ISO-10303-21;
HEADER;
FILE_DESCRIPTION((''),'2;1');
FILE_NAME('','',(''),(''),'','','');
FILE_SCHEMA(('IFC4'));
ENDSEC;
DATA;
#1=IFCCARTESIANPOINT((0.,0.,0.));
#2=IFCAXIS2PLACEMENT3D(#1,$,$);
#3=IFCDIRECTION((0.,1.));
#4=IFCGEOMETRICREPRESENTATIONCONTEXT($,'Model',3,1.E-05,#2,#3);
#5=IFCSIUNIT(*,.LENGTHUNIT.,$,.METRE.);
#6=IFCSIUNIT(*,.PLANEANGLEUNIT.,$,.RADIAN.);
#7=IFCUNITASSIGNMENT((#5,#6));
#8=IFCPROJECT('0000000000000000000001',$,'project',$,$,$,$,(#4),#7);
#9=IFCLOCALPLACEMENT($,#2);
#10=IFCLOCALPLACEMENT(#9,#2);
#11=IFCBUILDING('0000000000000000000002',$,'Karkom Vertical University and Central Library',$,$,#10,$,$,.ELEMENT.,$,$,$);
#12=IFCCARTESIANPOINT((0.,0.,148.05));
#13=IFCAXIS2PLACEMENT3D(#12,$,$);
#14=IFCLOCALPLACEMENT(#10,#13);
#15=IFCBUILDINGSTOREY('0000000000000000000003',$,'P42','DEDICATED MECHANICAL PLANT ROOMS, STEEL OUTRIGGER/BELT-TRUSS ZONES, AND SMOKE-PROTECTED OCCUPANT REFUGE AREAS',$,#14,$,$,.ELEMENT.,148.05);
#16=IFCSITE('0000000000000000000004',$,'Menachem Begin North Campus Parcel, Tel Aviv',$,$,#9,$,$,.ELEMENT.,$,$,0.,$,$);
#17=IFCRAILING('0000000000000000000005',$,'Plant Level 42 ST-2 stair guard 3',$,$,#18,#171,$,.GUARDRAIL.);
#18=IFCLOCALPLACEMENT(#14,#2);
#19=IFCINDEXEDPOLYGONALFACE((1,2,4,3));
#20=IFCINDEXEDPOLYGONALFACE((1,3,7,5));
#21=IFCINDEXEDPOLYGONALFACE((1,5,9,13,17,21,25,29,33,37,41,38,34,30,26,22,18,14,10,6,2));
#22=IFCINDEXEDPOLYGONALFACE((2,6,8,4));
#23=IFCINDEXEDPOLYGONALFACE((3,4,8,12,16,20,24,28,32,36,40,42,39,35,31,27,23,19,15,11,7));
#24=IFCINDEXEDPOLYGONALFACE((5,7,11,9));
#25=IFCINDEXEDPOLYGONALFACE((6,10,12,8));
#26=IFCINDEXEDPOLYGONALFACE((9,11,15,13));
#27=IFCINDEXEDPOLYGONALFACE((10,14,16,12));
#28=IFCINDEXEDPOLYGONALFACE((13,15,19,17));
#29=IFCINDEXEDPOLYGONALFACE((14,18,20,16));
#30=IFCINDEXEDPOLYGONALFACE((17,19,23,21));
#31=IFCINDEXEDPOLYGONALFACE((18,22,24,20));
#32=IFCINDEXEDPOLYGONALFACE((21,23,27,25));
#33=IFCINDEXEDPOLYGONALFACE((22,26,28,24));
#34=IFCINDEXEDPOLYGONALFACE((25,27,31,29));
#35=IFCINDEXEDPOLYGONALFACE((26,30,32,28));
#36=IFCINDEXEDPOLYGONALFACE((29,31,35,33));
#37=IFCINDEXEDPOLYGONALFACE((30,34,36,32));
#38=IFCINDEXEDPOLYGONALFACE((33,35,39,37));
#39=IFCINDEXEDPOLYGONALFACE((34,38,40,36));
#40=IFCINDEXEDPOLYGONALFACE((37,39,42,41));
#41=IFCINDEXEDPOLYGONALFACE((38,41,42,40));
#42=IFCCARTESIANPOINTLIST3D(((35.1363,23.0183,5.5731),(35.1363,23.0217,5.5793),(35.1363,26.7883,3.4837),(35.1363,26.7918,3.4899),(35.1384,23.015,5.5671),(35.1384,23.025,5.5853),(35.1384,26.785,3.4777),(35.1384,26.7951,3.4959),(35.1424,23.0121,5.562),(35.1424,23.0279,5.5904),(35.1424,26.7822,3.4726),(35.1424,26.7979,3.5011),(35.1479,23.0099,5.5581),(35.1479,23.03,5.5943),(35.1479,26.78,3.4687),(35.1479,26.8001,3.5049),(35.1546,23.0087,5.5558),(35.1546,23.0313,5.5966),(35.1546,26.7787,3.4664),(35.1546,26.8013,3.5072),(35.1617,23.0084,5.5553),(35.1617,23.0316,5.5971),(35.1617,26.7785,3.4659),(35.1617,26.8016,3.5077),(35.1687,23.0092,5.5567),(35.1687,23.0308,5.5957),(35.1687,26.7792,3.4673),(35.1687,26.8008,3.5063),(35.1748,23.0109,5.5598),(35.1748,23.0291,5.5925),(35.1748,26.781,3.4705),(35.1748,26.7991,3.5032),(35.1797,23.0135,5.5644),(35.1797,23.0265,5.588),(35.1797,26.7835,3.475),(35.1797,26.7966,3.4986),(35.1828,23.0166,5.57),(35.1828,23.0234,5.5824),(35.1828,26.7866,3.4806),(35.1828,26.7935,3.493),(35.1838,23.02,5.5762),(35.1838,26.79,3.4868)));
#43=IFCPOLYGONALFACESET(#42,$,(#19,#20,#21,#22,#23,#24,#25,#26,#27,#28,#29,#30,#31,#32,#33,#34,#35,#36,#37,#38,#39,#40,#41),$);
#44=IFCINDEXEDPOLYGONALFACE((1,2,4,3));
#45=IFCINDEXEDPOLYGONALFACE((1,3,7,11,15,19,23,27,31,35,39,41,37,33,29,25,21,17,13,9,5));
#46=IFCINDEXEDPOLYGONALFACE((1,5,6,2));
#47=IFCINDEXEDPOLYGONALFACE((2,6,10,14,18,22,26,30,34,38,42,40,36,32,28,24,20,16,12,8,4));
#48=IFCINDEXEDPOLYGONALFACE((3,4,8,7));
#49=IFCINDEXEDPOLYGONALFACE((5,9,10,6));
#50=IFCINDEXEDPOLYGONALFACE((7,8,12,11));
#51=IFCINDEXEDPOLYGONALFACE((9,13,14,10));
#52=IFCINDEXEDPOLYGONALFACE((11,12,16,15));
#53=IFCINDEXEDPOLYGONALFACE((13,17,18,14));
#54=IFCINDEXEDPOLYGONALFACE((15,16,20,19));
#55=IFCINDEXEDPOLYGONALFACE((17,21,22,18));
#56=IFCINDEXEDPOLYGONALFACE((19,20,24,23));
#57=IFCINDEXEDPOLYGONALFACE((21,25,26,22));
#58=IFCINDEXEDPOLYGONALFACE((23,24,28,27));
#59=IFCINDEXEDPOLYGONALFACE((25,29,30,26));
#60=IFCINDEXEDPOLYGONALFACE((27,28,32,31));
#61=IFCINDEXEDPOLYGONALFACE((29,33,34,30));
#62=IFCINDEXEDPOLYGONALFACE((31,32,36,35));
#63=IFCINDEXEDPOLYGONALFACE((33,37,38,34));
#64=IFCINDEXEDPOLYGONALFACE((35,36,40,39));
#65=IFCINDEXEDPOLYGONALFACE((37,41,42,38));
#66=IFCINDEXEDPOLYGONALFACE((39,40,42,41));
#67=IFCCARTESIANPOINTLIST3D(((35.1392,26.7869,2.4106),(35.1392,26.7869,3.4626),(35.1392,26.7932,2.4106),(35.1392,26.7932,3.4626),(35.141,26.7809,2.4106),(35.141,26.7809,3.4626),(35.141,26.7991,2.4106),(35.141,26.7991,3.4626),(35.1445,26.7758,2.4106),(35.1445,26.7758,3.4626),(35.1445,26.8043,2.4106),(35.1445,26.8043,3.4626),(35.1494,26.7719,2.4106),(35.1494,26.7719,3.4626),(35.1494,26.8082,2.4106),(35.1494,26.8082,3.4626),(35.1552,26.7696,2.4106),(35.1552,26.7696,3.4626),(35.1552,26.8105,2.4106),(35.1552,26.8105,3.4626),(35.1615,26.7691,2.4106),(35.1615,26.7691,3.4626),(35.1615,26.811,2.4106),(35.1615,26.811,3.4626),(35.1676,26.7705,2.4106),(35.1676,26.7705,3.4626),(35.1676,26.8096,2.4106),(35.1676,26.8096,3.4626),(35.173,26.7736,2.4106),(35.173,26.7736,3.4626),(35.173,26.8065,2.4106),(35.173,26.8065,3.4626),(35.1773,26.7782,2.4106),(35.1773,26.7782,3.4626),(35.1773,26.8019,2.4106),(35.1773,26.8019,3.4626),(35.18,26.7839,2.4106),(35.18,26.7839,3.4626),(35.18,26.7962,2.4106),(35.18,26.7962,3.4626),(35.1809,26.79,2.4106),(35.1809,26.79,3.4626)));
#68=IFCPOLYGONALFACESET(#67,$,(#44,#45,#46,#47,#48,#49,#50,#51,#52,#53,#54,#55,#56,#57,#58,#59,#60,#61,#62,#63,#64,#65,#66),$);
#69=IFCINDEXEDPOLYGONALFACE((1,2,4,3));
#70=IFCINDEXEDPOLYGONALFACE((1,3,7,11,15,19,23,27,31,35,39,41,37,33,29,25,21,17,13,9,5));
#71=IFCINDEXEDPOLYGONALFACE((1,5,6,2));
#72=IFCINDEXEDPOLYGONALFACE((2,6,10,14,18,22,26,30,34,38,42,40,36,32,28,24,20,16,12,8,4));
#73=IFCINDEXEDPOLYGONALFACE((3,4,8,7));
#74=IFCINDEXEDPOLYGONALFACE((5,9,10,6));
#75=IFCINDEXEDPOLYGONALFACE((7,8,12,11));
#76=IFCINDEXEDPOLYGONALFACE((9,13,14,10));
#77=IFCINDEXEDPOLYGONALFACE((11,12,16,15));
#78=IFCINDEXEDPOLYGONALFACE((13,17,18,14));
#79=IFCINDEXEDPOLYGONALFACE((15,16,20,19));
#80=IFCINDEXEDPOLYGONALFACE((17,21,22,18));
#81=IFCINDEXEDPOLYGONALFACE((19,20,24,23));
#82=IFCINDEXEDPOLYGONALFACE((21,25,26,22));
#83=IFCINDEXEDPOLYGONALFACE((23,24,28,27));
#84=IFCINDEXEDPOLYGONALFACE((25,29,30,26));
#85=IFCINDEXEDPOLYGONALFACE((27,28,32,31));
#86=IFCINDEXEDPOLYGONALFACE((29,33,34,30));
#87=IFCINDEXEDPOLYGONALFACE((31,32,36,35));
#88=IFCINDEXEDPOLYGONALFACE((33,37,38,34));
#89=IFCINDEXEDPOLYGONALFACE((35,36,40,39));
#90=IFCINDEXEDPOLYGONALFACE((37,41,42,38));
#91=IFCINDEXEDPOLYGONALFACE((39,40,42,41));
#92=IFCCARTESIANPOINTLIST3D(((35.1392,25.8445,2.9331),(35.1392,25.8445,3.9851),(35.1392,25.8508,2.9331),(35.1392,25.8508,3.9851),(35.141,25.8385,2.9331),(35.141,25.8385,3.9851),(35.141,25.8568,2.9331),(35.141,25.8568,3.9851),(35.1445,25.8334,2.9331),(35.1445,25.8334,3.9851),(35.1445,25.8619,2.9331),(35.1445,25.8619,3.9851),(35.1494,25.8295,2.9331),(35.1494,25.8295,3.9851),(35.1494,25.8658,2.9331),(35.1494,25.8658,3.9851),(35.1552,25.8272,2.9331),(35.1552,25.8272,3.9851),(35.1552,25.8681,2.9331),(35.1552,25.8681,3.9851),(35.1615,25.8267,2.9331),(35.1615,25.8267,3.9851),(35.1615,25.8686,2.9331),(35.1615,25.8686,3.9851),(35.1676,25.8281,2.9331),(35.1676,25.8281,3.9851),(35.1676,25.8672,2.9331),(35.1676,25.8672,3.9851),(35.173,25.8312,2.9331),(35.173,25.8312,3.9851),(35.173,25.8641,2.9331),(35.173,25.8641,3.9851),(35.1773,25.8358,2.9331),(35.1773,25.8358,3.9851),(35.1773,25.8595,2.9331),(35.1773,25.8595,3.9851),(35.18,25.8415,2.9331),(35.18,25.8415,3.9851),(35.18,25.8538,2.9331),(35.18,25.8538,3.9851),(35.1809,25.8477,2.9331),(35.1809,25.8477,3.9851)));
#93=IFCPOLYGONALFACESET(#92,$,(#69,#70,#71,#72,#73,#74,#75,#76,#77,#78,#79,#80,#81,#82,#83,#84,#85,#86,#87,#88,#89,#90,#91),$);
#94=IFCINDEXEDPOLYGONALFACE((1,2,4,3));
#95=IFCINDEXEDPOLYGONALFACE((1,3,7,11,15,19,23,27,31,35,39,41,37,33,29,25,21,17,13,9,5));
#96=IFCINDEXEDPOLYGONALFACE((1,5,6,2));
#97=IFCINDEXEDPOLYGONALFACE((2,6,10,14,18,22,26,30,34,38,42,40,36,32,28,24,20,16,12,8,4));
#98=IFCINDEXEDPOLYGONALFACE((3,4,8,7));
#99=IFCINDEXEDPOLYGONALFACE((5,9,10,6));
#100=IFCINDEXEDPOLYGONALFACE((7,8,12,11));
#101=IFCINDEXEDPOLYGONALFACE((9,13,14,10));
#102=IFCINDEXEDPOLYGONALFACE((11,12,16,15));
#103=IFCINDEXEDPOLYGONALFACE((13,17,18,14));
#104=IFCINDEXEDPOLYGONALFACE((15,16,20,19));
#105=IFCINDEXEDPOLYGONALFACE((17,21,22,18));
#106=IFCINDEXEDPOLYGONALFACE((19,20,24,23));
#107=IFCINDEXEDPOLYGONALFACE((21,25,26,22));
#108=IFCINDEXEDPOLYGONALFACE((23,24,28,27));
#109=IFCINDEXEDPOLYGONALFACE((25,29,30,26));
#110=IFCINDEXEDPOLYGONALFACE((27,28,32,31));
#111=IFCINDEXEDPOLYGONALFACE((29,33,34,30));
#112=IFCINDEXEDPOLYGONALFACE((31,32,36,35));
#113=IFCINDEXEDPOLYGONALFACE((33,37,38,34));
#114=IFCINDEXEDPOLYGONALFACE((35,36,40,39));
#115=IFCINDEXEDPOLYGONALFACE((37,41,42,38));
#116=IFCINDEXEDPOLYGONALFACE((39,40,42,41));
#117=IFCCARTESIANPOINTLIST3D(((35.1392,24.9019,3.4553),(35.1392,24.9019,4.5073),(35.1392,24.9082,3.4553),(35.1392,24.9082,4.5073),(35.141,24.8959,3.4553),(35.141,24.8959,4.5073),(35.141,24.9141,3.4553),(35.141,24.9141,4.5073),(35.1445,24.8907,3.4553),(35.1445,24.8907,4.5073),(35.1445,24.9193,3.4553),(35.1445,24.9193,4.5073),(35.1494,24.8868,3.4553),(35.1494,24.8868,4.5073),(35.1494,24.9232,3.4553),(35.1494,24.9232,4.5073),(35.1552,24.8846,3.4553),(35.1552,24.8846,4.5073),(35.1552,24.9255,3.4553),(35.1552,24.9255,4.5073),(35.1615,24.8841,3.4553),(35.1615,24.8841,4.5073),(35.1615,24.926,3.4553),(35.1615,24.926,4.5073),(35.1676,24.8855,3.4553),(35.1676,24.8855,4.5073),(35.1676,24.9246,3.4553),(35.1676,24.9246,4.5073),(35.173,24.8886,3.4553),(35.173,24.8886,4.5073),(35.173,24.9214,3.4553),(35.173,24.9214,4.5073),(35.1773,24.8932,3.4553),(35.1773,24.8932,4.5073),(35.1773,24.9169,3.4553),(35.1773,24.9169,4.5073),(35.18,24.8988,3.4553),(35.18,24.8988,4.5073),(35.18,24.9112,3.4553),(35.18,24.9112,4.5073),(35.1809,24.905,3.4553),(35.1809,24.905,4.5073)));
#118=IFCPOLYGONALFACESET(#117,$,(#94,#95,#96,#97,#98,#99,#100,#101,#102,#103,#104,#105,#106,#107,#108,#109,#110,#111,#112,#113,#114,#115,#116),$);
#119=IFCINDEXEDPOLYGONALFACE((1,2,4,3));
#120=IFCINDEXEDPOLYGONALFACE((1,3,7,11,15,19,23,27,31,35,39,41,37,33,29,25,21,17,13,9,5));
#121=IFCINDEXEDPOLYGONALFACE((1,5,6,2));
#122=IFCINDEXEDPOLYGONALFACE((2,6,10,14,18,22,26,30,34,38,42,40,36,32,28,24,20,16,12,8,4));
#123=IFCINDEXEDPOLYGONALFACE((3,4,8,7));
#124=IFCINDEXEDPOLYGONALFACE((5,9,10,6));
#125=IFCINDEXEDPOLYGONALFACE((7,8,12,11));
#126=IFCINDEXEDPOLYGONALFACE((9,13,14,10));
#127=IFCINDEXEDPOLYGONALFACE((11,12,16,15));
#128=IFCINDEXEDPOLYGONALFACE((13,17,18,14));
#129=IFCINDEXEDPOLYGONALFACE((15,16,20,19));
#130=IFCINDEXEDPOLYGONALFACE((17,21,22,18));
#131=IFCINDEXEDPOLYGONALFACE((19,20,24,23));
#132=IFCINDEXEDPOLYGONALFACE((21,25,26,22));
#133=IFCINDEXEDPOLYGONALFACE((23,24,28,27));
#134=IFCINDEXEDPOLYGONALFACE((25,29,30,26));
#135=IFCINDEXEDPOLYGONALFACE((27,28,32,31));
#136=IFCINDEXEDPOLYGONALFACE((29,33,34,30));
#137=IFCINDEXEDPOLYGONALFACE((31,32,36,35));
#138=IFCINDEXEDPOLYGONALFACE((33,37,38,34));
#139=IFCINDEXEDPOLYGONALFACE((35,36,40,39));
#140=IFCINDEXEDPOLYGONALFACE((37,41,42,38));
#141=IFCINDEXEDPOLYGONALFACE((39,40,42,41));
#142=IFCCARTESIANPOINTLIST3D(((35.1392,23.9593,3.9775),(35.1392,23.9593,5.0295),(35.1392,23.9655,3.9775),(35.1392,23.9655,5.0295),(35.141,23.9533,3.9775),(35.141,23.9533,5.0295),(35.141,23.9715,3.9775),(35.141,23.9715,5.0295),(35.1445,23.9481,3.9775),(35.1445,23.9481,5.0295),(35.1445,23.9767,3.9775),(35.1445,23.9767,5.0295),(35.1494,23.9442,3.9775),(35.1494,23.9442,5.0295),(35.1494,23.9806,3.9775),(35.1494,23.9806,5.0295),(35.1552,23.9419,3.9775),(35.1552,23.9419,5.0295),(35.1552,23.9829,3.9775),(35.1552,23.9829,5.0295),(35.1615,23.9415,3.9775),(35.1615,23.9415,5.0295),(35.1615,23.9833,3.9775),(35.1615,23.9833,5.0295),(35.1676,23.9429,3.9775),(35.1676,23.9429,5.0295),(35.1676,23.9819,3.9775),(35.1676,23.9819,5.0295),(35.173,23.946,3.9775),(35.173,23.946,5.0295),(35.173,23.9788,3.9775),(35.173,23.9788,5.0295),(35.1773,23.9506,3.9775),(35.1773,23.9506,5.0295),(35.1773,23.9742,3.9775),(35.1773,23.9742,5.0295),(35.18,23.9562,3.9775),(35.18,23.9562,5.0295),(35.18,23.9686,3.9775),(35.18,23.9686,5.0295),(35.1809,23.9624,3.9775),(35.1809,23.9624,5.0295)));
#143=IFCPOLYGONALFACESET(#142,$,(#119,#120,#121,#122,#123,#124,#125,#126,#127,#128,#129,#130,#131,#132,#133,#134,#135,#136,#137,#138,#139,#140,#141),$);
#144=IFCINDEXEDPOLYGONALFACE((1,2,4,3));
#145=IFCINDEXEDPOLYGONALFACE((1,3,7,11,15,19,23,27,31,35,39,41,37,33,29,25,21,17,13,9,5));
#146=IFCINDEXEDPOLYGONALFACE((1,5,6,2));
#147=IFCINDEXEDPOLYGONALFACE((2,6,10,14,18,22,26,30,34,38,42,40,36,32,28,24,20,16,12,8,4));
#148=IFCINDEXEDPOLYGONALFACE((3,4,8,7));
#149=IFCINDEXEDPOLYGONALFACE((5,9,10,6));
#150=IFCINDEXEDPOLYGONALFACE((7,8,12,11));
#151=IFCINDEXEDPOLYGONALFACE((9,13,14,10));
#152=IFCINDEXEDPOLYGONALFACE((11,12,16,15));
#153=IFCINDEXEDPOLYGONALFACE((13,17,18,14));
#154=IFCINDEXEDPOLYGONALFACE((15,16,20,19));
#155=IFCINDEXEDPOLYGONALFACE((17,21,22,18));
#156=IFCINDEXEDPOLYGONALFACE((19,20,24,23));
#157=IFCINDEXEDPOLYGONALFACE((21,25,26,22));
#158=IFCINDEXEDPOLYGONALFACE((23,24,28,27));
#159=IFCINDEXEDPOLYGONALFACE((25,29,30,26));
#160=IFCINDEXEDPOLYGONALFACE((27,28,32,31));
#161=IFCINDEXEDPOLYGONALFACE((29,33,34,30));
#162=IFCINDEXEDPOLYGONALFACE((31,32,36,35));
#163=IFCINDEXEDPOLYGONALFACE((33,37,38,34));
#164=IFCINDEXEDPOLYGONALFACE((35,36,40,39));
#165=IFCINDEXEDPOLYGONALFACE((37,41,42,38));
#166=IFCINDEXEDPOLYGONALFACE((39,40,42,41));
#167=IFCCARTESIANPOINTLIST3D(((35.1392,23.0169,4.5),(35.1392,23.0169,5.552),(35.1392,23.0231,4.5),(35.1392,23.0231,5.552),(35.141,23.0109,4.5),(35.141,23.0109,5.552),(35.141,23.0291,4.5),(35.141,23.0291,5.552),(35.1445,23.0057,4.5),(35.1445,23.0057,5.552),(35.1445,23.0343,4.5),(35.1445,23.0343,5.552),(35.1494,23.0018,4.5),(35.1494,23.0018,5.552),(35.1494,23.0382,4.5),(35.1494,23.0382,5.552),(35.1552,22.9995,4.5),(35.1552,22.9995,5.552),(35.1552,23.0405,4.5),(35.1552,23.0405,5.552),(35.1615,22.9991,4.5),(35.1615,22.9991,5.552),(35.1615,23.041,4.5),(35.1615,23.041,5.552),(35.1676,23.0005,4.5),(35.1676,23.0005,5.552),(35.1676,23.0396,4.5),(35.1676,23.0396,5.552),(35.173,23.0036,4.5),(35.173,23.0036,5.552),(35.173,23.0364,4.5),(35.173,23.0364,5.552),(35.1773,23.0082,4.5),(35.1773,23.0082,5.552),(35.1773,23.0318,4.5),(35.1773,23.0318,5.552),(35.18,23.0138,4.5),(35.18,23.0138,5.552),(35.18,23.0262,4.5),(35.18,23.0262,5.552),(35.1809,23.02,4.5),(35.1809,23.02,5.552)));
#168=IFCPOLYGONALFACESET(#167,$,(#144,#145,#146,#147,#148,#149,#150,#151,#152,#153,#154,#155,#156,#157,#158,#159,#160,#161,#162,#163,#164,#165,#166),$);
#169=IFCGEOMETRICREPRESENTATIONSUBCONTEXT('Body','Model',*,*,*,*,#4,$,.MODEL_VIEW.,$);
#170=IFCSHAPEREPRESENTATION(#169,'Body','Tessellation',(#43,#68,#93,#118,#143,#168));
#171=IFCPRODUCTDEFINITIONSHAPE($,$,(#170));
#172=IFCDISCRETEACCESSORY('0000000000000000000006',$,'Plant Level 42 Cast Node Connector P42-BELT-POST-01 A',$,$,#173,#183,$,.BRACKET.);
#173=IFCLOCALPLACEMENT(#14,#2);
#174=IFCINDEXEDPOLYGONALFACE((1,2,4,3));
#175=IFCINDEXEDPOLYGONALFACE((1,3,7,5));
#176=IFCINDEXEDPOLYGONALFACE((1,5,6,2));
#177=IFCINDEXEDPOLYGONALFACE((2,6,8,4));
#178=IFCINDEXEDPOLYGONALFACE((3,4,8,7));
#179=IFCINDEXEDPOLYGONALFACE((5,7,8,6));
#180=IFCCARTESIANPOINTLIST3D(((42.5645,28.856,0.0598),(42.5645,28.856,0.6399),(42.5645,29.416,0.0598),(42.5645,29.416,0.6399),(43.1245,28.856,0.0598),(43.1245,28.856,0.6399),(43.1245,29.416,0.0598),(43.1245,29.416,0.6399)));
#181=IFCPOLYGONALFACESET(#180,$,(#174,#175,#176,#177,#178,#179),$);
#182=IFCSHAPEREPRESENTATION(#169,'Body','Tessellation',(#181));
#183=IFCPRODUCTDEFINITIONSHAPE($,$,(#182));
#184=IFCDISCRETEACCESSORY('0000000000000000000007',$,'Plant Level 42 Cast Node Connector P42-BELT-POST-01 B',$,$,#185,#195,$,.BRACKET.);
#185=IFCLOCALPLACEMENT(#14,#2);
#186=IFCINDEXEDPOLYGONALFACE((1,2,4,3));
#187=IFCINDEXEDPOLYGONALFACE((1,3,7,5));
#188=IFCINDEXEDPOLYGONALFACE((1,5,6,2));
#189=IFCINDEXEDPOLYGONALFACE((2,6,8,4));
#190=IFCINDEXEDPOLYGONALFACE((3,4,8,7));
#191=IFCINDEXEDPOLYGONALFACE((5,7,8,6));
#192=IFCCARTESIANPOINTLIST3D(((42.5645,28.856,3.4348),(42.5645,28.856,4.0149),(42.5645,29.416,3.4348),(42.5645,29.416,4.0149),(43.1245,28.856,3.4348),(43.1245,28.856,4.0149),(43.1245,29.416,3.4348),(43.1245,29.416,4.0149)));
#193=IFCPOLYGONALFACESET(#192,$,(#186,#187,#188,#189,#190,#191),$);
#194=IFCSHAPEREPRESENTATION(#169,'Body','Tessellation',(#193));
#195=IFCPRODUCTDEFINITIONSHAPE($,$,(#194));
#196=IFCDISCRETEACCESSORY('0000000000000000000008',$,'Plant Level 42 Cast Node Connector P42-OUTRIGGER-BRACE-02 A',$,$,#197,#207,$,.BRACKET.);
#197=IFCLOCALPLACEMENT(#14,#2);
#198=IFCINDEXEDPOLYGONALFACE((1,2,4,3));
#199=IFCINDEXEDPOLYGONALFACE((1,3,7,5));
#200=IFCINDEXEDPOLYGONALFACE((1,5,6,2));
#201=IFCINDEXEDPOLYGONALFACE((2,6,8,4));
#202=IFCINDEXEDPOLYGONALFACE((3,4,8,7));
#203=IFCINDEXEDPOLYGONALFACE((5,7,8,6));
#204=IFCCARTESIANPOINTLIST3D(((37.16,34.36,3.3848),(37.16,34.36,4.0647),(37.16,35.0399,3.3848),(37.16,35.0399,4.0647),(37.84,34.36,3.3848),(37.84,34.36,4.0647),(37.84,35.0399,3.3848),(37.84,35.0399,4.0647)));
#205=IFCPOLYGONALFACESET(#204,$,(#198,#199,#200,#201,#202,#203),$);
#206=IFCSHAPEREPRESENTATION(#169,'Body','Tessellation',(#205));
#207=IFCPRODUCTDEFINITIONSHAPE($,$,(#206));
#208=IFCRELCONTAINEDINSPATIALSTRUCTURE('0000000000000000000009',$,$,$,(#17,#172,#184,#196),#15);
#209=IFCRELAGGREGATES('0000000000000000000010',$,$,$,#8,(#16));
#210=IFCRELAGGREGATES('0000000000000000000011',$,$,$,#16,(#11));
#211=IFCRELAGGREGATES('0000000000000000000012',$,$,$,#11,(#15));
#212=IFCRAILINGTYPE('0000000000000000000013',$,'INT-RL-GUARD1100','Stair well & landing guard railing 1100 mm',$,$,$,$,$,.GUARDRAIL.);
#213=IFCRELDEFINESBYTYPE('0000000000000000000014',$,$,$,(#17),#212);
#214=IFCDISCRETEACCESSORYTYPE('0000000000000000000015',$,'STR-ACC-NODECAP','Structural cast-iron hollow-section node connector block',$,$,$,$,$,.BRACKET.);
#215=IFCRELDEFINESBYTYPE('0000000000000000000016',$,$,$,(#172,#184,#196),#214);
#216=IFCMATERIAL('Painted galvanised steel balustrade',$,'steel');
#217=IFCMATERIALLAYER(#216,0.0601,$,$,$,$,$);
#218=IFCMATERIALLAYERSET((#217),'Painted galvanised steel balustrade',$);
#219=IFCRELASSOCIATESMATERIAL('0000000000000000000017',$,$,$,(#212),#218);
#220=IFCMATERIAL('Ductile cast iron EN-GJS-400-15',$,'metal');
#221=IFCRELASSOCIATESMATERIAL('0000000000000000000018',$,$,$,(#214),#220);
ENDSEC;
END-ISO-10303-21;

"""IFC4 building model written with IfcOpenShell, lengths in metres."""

from ifc_helpers import new_model, si_unit, direction, frame, origin, origin_with_axes, origin_2d, place, context, subcontext, project, spatial, rectangle, circle, extrude, source, transform, mapped, material, layer, layer_set, type_object, element, save


model = new_model("IFC4")

# Units and contexts
model_context = context("Model", 3, precision=1e-05, world=origin(), true_north=direction((0.0, 1.0)))
body_context = subcontext(model_context, "Body", "Model", "MODEL_VIEW")
ifc_project = project(units=[si_unit("LENGTHUNIT", "METRE"), si_unit("PLANEANGLEUNIT", "RADIAN")], contexts=[model_context])

# Site, building, storey
site_placement = place(None, origin())
site = spatial("IfcSite", under=ifc_project, at=site_placement, Name="Menachem Begin North Campus Parcel, Tel Aviv", CompositionType="ELEMENT", RefElevation=0.0)
building_placement = place(site_placement, origin())
building = spatial("IfcBuilding", under=site, at=building_placement, Name="Karkom Vertical University and Central Library", CompositionType="ELEMENT")
storey_placement = place(building_placement, frame((0.0, 0.0, 148.05)))
storey = spatial("IfcBuildingStorey", under=building, at=storey_placement, Name="P42", Description="DEDICATED MECHANICAL PLANT ROOMS, STEEL OUTRIGGER/BELT-TRUSS ZONES, AND SMOKE-PROTECTED OCCUPANT REFUGE AREAS", CompositionType="ELEMENT", Elevation=148.05)

# Railing
ifc_material_1 = material(Name="Painted galvanised steel balustrade", Category="steel")
ifc_layer_1 = layer(ifc_material_1, 0.0601)
ifc_layer_set_1 = layer_set([ifc_layer_1], Name="Painted galvanised steel balustrade")
railing_type = type_object("IfcRailingType", Name="INT-RL-GUARD1100", Description="Stair well & landing guard railing 1100 mm", PredefinedType="GUARDRAIL", material=ifc_layer_set_1)
railing_1_placement = place(storey_placement, frame((35.1599, 26.79, 2.4106)))
element("IfcRailing", 1, at=railing_1_placement, inside=storey, type_object=railing_type, Name="Plant Level 42 ST-2 stair guard 3", PredefinedType="GUARDRAIL", context=body_context, shape_type="SweptSolid", body=[
    extrude(circle(Radius=0.0239, at=origin_2d()), frame((0.0, 0.0, 1.0762), z_axis=(0.0, -0.874659, 0.484739), x_axis=(1.0, 0.0, 0.0)), (0.0, 0.0, 1.0), 4.3103),
    extrude(circle(Radius=0.021, at=origin_2d()), origin(), (0.0, 0.0, 1.0), 1.052),
    extrude(circle(Radius=0.021, at=origin_2d()), frame((0.0, -0.9424, 0.5225)), (0.0, 0.0, 1.0), 1.052),
    extrude(circle(Radius=0.021, at=origin_2d()), frame((0.0, -1.885, 1.0447)), (0.0, 0.0, 1.0), 1.052),
    extrude(circle(Radius=0.021, at=origin_2d()), frame((0.0, -2.8276, 1.5669)), (0.0, 0.0, 1.0), 1.052),
    extrude(circle(Radius=0.021, at=origin_2d()), frame((0.0, -3.77, 2.0894)), (0.0, 0.0, 1.0), 1.052),
])

# Discrete accessories
ifc_material_2 = material(Name="Ductile cast iron EN-GJS-400-15", Category="metal")
discrete_accessory_type = type_object("IfcDiscreteAccessoryType", Name="STR-ACC-NODECAP", Description="Structural cast-iron hollow-section node connector block", PredefinedType="BRACKET", material=ifc_material_2)
shared_shape_1 = source(origin_with_axes(), body_context, "Body", "SweptSolid", [
    extrude(rectangle(XDim=0.5601, YDim=0.5601, at=origin_2d()), origin(), (0.0, 0.0, 1.0), 0.5801),
])
for number, where, z_axis, x_axis, name in (
    (2, (42.8445, 29.136, 0.0598), (0.0, 0.0, 1.0), (1.0, 0.0, 0.0), "Plant Level 42 Cast Node Connector P42-BELT-POST-01 A"),
    (3, (42.8445, 29.136, 3.4348), (0.0, 0.0, 1.0), (1.0, 0.0, 0.0), "Plant Level 42 Cast Node Connector P42-BELT-POST-01 B"),
):
    element("IfcDiscreteAccessory", number, at=place(storey_placement, frame(where, z_axis=z_axis, x_axis=x_axis)), inside=storey, type_object=discrete_accessory_type, Name=name, PredefinedType="BRACKET", context=body_context, shape_type="MappedRepresentation", body=[
        mapped(shared_shape_1, transform((0.0, 0.0, 0.0), scale=1.0)),
    ])
shared_shape_2 = source(origin_with_axes(), body_context, "Body", "SweptSolid", [
    extrude(rectangle(XDim=0.6799, YDim=0.6799, at=origin_2d()), origin(), (0.0, 0.0, 1.0), 0.6799),
])
discrete_accessory_placement = place(storey_placement, frame((37.5, 34.7, 3.3848), z_axis=(0.0, 0.0, 1.0), x_axis=(1.0, 0.0, 0.0)))
element("IfcDiscreteAccessory", 4, at=discrete_accessory_placement, inside=storey, type_object=discrete_accessory_type, Name="Plant Level 42 Cast Node Connector P42-OUTRIGGER-BRACE-02 A", PredefinedType="BRACKET", context=body_context, shape_type="MappedRepresentation", body=[
    mapped(shared_shape_2, transform((0.0, 0.0, 0.0), scale=1.0)),
])

save(model, "model.ifc")
